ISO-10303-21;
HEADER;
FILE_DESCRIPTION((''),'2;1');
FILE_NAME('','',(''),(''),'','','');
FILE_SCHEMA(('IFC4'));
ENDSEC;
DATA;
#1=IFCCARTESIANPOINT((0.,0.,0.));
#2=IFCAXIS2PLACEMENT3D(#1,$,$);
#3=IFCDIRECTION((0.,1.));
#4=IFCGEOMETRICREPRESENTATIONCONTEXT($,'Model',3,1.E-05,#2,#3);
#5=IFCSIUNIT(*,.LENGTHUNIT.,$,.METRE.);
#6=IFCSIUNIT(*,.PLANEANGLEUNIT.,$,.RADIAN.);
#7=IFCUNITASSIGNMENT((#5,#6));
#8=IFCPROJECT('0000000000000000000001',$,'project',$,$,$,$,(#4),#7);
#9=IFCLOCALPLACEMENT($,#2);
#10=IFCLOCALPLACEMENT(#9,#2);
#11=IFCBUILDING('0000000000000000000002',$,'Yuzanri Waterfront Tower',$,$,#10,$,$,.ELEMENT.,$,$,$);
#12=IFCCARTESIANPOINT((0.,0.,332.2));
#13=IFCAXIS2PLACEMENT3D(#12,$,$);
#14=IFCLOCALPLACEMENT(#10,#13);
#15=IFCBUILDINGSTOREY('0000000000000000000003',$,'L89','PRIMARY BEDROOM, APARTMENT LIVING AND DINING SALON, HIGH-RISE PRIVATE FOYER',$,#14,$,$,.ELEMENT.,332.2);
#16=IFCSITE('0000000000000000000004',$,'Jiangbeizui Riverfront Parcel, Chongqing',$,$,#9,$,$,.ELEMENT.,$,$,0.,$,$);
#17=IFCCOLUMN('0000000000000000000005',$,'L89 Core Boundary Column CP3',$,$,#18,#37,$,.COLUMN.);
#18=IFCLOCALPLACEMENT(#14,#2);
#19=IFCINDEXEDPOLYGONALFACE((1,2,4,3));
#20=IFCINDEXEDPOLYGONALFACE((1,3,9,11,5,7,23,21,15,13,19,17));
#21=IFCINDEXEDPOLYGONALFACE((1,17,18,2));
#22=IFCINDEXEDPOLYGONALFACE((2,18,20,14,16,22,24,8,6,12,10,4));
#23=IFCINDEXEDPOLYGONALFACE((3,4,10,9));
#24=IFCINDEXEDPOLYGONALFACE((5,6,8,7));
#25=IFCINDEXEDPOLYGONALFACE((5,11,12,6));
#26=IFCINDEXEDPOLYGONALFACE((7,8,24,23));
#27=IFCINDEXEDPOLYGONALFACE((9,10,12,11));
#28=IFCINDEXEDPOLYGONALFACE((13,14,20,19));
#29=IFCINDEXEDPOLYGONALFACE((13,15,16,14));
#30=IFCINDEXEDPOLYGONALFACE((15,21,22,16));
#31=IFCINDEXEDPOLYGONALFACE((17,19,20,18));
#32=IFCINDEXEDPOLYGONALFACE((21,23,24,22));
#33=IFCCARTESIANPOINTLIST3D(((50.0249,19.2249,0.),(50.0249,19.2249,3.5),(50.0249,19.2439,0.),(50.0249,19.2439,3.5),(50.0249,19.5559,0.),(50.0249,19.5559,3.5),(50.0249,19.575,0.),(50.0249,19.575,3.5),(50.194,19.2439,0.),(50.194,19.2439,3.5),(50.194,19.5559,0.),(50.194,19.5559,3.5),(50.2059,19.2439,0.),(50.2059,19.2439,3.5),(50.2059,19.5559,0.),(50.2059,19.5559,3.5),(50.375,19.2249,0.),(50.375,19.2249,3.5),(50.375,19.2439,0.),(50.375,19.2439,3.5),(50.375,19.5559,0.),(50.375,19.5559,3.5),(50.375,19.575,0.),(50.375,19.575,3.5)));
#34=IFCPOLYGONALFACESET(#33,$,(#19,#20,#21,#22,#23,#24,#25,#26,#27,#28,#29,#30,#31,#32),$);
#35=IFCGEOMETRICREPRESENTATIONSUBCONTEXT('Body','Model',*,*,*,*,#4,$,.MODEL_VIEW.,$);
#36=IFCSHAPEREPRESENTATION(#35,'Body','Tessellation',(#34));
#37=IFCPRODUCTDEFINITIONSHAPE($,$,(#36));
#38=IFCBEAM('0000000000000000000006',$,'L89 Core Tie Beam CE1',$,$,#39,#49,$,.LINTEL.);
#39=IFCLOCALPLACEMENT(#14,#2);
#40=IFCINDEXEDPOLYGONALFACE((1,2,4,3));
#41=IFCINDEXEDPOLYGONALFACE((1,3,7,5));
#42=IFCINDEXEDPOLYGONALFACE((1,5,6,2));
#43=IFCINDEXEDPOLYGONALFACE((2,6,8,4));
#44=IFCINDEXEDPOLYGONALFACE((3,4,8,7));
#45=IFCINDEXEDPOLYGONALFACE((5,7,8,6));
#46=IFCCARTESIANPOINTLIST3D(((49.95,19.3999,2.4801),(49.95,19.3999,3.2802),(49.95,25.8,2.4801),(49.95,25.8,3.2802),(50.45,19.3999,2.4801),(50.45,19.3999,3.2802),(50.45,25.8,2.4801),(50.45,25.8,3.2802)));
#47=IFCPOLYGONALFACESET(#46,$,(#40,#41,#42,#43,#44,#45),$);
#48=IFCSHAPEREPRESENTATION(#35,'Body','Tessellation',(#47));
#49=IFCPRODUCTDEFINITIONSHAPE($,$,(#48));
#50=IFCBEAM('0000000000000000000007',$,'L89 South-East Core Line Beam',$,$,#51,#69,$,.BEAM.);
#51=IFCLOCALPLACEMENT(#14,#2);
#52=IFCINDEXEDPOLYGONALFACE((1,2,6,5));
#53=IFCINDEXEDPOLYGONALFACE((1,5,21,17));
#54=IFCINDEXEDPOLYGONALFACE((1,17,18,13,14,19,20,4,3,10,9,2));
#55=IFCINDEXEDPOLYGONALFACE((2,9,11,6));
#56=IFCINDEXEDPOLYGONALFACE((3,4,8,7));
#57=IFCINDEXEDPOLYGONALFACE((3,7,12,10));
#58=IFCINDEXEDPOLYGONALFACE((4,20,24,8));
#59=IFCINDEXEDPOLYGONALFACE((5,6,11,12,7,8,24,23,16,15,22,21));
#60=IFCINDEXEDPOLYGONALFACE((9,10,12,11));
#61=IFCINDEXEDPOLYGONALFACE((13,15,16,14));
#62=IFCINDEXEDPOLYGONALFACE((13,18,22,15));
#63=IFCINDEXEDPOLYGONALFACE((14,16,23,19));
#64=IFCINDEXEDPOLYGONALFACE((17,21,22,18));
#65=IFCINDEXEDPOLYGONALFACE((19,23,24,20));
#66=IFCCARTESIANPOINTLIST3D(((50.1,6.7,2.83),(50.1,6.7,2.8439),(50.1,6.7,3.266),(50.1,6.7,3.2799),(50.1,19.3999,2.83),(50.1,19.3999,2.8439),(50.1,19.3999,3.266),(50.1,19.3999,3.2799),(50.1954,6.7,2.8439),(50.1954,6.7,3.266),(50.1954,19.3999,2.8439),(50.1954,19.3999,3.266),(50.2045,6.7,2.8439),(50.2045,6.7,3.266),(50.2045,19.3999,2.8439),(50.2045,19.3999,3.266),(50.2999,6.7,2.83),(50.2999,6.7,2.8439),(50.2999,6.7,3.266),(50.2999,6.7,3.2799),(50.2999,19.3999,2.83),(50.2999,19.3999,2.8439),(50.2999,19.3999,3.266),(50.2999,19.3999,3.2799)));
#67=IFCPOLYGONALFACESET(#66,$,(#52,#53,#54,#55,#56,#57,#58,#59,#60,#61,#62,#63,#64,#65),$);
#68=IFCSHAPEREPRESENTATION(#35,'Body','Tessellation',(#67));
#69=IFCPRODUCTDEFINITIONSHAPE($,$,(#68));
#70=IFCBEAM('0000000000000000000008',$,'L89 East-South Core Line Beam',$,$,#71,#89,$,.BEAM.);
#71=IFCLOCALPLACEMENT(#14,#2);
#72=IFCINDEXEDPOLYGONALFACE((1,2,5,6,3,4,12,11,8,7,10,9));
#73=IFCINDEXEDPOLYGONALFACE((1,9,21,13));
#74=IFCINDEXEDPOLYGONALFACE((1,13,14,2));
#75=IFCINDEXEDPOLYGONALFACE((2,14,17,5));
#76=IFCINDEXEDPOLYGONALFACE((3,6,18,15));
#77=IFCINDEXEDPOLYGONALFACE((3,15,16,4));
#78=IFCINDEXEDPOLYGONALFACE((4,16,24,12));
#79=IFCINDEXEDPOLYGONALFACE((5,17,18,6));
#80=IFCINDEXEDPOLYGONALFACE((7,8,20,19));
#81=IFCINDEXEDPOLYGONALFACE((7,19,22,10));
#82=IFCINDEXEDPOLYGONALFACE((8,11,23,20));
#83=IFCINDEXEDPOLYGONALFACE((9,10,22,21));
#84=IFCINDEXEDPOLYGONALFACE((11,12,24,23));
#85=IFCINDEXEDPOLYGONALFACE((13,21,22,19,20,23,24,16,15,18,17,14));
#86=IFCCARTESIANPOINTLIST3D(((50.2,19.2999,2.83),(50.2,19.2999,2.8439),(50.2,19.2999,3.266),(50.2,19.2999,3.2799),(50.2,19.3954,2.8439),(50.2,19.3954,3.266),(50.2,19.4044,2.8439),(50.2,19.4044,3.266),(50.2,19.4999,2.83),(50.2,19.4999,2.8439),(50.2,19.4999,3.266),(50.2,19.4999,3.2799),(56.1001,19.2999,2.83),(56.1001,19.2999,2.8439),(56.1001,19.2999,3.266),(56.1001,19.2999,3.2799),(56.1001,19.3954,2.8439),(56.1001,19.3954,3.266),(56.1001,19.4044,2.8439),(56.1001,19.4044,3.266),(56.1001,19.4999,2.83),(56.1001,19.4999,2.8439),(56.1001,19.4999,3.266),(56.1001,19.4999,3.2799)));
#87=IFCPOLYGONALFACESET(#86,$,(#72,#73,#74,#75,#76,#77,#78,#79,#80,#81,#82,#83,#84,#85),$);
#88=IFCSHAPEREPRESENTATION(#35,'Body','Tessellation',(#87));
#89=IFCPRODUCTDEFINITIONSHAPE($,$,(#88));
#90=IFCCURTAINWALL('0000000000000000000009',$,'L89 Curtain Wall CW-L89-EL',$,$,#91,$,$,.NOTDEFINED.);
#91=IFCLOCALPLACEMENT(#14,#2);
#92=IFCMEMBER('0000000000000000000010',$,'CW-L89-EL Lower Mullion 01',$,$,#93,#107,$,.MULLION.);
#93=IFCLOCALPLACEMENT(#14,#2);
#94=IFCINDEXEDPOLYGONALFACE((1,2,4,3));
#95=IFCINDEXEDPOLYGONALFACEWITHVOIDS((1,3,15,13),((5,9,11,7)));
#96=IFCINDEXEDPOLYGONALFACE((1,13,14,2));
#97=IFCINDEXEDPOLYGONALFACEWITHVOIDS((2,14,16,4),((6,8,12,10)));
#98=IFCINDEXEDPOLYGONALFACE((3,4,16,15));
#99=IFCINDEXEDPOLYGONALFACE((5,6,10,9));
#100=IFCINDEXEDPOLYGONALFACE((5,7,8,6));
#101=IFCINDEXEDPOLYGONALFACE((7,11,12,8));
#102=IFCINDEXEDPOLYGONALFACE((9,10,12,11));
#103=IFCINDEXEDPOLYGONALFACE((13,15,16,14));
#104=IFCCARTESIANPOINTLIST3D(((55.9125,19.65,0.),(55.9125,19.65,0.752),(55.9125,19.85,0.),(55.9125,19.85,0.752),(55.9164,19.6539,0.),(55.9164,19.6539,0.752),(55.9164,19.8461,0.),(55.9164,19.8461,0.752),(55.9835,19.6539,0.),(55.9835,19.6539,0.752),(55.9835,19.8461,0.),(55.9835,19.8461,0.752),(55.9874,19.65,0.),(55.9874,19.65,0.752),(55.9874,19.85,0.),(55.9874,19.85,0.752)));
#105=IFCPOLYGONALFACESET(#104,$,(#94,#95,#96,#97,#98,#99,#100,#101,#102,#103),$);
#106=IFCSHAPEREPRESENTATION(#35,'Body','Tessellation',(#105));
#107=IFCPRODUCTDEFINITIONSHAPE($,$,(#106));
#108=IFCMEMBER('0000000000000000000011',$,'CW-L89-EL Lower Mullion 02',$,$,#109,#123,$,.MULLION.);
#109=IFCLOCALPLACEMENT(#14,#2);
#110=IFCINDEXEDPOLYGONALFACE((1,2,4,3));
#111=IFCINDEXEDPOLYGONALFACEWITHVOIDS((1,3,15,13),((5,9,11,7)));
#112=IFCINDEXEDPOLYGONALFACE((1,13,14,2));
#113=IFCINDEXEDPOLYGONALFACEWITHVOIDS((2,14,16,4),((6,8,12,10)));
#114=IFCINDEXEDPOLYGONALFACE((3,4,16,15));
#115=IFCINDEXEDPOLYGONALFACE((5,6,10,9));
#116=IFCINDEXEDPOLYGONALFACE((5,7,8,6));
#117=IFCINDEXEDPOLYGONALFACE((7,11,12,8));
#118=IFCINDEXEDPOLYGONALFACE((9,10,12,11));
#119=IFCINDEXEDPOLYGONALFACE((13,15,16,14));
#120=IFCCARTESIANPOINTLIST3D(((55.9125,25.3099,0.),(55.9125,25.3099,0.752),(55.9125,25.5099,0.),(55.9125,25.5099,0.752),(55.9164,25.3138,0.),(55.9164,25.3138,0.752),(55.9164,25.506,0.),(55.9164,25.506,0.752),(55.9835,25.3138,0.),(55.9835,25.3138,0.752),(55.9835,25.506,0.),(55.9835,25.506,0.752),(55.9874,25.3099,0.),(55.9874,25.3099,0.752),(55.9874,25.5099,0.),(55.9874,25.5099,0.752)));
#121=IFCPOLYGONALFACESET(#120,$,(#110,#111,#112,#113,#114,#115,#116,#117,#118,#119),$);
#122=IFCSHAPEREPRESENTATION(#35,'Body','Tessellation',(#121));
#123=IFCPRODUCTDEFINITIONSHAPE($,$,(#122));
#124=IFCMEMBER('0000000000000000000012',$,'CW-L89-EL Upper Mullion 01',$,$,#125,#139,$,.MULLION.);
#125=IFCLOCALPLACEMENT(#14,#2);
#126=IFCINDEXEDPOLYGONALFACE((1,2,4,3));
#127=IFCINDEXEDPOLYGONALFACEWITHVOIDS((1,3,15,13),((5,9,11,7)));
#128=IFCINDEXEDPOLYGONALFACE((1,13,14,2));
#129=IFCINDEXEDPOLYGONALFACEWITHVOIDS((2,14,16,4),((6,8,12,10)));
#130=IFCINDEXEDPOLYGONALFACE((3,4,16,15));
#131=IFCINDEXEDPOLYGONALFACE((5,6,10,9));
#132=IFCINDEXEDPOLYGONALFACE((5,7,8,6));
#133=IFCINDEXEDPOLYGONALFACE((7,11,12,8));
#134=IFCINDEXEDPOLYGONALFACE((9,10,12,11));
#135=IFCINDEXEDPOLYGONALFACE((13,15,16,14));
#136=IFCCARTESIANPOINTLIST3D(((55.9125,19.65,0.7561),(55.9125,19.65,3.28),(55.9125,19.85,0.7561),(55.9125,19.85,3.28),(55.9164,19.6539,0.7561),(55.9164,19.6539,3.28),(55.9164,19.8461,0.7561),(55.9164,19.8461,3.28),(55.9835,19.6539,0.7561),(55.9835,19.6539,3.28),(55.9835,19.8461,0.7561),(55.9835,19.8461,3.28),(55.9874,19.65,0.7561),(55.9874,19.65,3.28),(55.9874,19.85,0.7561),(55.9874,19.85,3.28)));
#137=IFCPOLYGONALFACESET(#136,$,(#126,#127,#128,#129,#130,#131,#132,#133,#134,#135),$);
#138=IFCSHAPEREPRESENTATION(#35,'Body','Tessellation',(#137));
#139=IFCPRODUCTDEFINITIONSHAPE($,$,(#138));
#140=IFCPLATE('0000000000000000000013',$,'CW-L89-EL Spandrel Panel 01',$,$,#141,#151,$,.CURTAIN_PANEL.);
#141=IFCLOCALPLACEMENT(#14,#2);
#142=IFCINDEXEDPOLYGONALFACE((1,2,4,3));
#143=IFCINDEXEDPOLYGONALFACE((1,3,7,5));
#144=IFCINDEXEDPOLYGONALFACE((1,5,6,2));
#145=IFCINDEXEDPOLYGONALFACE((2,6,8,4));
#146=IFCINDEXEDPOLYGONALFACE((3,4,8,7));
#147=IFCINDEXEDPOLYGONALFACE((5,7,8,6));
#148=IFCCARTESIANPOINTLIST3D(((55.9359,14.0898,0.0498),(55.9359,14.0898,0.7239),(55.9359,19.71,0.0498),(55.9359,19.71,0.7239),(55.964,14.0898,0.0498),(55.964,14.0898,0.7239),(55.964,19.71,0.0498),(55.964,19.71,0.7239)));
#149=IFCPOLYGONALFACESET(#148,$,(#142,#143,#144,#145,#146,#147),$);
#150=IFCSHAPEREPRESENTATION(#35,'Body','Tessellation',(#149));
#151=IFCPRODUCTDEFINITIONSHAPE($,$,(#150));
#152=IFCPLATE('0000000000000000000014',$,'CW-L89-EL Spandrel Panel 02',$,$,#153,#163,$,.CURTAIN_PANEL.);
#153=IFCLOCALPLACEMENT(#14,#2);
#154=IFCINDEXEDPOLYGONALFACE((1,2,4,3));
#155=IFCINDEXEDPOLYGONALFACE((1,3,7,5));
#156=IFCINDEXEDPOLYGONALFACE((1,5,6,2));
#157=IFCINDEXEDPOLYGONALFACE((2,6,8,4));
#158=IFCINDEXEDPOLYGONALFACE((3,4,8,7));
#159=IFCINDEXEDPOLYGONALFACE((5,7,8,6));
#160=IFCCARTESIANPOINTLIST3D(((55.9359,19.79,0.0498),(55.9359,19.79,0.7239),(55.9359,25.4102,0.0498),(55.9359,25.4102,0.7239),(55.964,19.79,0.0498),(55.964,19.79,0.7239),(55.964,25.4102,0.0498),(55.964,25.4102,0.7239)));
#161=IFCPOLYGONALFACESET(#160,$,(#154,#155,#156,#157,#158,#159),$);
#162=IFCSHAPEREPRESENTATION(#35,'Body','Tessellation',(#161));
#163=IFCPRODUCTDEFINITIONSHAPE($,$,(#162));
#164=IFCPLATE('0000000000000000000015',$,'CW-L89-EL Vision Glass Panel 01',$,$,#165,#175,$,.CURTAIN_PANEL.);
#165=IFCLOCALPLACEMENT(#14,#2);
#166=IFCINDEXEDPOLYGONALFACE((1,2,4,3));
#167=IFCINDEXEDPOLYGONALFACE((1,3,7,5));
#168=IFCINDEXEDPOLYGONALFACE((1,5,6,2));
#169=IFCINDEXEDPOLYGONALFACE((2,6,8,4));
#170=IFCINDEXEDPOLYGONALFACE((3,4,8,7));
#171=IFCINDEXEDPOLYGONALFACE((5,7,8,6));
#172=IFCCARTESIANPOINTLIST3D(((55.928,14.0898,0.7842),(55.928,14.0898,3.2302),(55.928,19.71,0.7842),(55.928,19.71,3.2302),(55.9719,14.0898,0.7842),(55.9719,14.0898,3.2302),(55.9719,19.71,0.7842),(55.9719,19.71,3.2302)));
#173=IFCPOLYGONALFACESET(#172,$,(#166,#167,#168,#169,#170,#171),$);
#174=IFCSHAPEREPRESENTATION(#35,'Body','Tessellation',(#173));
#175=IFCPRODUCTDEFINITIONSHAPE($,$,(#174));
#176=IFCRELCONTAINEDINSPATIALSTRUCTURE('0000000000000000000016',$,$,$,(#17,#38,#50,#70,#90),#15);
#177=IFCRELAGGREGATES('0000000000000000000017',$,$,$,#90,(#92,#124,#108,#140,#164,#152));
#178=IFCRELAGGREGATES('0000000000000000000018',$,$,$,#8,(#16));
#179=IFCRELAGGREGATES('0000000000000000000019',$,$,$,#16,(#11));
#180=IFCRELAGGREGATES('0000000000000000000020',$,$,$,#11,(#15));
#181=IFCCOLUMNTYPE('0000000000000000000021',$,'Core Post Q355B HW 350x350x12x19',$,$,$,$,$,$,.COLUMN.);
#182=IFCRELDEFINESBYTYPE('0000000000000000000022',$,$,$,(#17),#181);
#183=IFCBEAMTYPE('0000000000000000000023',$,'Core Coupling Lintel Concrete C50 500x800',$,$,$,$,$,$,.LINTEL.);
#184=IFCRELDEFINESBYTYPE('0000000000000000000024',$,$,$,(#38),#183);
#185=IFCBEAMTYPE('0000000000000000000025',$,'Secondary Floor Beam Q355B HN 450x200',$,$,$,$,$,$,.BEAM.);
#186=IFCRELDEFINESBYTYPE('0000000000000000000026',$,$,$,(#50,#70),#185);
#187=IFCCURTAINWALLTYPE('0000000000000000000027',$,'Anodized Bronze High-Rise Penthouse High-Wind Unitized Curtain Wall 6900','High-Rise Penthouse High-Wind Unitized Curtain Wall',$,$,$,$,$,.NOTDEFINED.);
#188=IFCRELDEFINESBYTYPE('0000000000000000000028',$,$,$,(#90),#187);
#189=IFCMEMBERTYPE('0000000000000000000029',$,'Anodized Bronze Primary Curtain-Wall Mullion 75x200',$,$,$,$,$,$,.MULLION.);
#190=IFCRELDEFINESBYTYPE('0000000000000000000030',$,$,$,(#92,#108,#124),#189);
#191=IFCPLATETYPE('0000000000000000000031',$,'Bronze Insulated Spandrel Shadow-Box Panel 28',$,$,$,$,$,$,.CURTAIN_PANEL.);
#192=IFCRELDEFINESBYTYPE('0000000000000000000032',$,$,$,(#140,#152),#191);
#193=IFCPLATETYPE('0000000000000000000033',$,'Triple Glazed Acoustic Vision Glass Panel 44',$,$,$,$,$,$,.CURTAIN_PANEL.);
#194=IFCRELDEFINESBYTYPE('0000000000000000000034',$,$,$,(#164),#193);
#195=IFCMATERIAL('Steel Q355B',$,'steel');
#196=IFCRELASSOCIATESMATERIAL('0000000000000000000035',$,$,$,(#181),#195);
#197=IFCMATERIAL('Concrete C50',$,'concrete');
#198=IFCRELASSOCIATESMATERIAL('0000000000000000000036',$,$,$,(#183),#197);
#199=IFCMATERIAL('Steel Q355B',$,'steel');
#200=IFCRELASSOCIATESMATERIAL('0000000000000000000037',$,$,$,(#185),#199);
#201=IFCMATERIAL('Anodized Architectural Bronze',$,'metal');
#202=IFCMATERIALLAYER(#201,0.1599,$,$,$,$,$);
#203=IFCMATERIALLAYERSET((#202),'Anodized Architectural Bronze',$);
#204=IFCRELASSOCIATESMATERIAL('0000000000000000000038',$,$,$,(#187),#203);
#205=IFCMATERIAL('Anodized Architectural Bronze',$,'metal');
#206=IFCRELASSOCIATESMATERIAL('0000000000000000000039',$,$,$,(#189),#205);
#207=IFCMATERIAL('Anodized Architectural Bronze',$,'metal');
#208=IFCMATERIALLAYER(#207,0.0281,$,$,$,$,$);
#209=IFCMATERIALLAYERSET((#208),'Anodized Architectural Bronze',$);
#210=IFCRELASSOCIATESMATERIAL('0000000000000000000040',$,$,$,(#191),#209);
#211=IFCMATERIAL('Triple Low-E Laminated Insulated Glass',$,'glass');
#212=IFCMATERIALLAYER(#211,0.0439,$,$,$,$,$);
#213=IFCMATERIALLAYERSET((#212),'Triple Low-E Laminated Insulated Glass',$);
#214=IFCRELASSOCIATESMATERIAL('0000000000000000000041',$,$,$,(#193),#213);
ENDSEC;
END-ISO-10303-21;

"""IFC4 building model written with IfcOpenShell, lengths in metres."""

from ifc_helpers import new_model, si_unit, direction, frame, origin, origin_2d, place, context, subcontext, project, spatial, rectangle, hollow_rectangle, i_section, extrude, source, transform, mapped, material, layer, layer_set, material_profile, profile_set, type_object, element, aggregate, save


model = new_model("IFC4")

# Units and contexts
model_context = context("Model", 3, precision=1e-05, world=origin(), true_north=direction((0.0, 1.0)))
body_context = subcontext(model_context, "Body", "Model", "MODEL_VIEW")
ifc_project = project(units=[si_unit("LENGTHUNIT", "METRE"), si_unit("PLANEANGLEUNIT", "RADIAN")], contexts=[model_context])

# Site, building, storey
site_placement = place(None, origin())
site = spatial("IfcSite", under=ifc_project, at=site_placement, Name="Jiangbeizui Riverfront Parcel, Chongqing", CompositionType="ELEMENT", RefElevation=0.0)
building_placement = place(site_placement, origin())
building = spatial("IfcBuilding", under=site, at=building_placement, Name="Yuzanri Waterfront Tower", CompositionType="ELEMENT")
storey_placement = place(building_placement, frame((0.0, 0.0, 332.2)))
storey = spatial("IfcBuildingStorey", under=building, at=storey_placement, Name="L89", Description="PRIMARY BEDROOM, APARTMENT LIVING AND DINING SALON, HIGH-RISE PRIVATE FOYER", CompositionType="ELEMENT", Elevation=332.2)

# Column
ifc_material_1 = material(Name="Steel Q355B", Category="steel")
ifc_material_profile_1 = material_profile(ifc_material_1, i_section(OverallWidth=0.3501, OverallDepth=0.3501, WebThickness=0.012, FlangeThickness=0.019, at=origin_2d()), Name="HW 350x350x12x19")
ifc_profile_set_1 = profile_set([ifc_material_profile_1], Name="Steel Q355B")
column_type = type_object("IfcColumnType", Name="Core Post Q355B HW 350x350x12x19", PredefinedType="COLUMN", material=ifc_profile_set_1)
shared_shape_1 = source(origin(), body_context, "Body", "SweptSolid", [
    extrude(i_section(OverallWidth=0.3501, OverallDepth=0.3501, WebThickness=0.012, FlangeThickness=0.019, at=origin_2d()), origin(), (0.0, 0.0, 1.0), 3.5),
])
column_placement = place(storey_placement, frame((50.2, 19.3999, 0.0), z_axis=(0.0, 0.0, 1.0), x_axis=(1.0, 0.0, 0.0)))
element("IfcColumn", 1, at=column_placement, inside=storey, type_object=column_type, Name="L89 Core Boundary Column CP3", PredefinedType="COLUMN", context=body_context, shape_type="MappedRepresentation", body=[
    mapped(shared_shape_1, transform((0.0, 0.0, 0.0), scale=1.0)),
])

# Beams
ifc_material_2 = material(Name="Concrete C50", Category="concrete")
ifc_material_profile_2 = material_profile(ifc_material_2, rectangle(XDim=0.5, YDim=0.8, at=origin_2d()), Name="RC 500x800")
ifc_profile_set_2 = profile_set([ifc_material_profile_2], Name="Concrete C50")
beam_type_1 = type_object("IfcBeamType", Name="Core Coupling Lintel Concrete C50 500x800", PredefinedType="LINTEL", material=ifc_profile_set_2)
shared_shape_2 = source(origin(), body_context, "Body", "SweptSolid", [
    extrude(rectangle(XDim=0.5, YDim=0.8, at=origin_2d()), origin(), (0.0, 0.0, 1.0), 6.4001),
])
beam_1_placement = place(storey_placement, frame((50.2, 19.3999, 2.8801), z_axis=(0.0, 1.0, 0.0), x_axis=(-1.0, 0.0, 0.0)))
element("IfcBeam", 2, at=beam_1_placement, inside=storey, type_object=beam_type_1, Name="L89 Core Tie Beam CE1", PredefinedType="LINTEL", context=body_context, shape_type="MappedRepresentation", body=[
    mapped(shared_shape_2, transform((0.0, 0.0, 0.0), scale=1.0)),
])
ifc_material_3 = material(Name="Steel Q355B", Category="steel")
ifc_material_profile_3 = material_profile(ifc_material_3, i_section(OverallWidth=0.2, OverallDepth=0.45, WebThickness=0.009, FlangeThickness=0.0139, at=origin_2d()), Name="HN 450x200x9x14")
ifc_profile_set_3 = profile_set([ifc_material_profile_3], Name="Steel Q355B")
beam_type_2 = type_object("IfcBeamType", Name="Secondary Floor Beam Q355B HN 450x200", PredefinedType="BEAM", material=ifc_profile_set_3)
shared_shape_3 = source(origin(), body_context, "Body", "SweptSolid", [
    extrude(i_section(OverallWidth=0.2, OverallDepth=0.45, WebThickness=0.009, FlangeThickness=0.0139, at=origin_2d()), origin(), (0.0, 0.0, 1.0), 12.7),
])
beam_2_placement = place(storey_placement, frame((50.2, 19.3999, 3.0549), z_axis=(0.0, -1.0, 0.0), x_axis=(1.0, 0.0, 0.0)))
element("IfcBeam", 3, at=beam_2_placement, inside=storey, type_object=beam_type_2, Name="L89 South-East Core Line Beam", PredefinedType="BEAM", context=body_context, shape_type="MappedRepresentation", body=[
    mapped(shared_shape_3, transform((0.0, 0.0, 0.0), scale=1.0)),
])
shared_shape_4 = source(origin(), body_context, "Body", "SweptSolid", [
    extrude(i_section(OverallWidth=0.2, OverallDepth=0.45, WebThickness=0.009, FlangeThickness=0.0139, at=origin_2d()), origin(), (0.0, 0.0, 1.0), 5.9001),
])
beam_3_placement = place(storey_placement, frame((50.2, 19.3999, 3.0549), z_axis=(1.0, 0.0, 0.0), x_axis=(0.0, 1.0, 0.0)))
element("IfcBeam", 4, at=beam_3_placement, inside=storey, type_object=beam_type_2, Name="L89 East-South Core Line Beam", PredefinedType="BEAM", context=body_context, shape_type="MappedRepresentation", body=[
    mapped(shared_shape_4, transform((0.0, 0.0, 0.0), scale=1.0)),
])

# Curtain wall, members, plates
ifc_material_4 = material(Name="Anodized Architectural Bronze", Category="metal")
ifc_layer_1 = layer(ifc_material_4, 0.1599)
ifc_layer_set_1 = layer_set([ifc_layer_1], Name="Anodized Architectural Bronze")
curtain_wall_type = type_object("IfcCurtainWallType", Name="Anodized Bronze High-Rise Penthouse High-Wind Unitized Curtain Wall 6900", Description="High-Rise Penthouse High-Wind Unitized Curtain Wall", PredefinedType="NOTDEFINED", material=ifc_layer_set_1)
curtain_wall_placement = place(storey_placement, origin())
curtain_wall = element("IfcCurtainWall", 5, at=curtain_wall_placement, inside=storey, type_object=curtain_wall_type, Name="L89 Curtain Wall CW-L89-EL", PredefinedType="NOTDEFINED")
ifc_material_5 = material(Name="Anodized Architectural Bronze", Category="metal")
ifc_material_profile_4 = material_profile(ifc_material_5, hollow_rectangle(XDim=0.075, YDim=0.2, WallThickness=0.0039, at=origin_2d()), Name="CWM 75x200")
ifc_profile_set_4 = profile_set([ifc_material_profile_4], Name="Anodized Architectural Bronze")
member_type = type_object("IfcMemberType", Name="Anodized Bronze Primary Curtain-Wall Mullion 75x200", PredefinedType="MULLION", material=ifc_profile_set_4)
shared_shape_5 = source(origin(), body_context, "Body", "SweptSolid", [
    extrude(hollow_rectangle(XDim=0.075, YDim=0.2, WallThickness=0.0039, at=origin_2d()), origin(), (0.0, 0.0, 1.0), 0.752),
])
member_1_placement = place(storey_placement, frame((55.95, 19.75, 0.0), z_axis=(0.0, 0.0, 1.0), x_axis=(1.0, 0.0, 0.0)))
member_1 = element("IfcMember", 6, at=member_1_placement, type_object=member_type, Name="CW-L89-EL Lower Mullion 01", PredefinedType="MULLION", context=body_context, shape_type="MappedRepresentation", body=[
    mapped(shared_shape_5, transform((0.0, 0.0, 0.0), scale=1.0)),
])
member_2_placement = place(storey_placement, frame((55.95, 25.4099, 0.0), z_axis=(0.0, 0.0, 1.0), x_axis=(1.0, 0.0, 0.0)))
member_2 = element("IfcMember", 7, at=member_2_placement, type_object=member_type, Name="CW-L89-EL Lower Mullion 02", PredefinedType="MULLION", context=body_context, shape_type="MappedRepresentation", body=[
    mapped(shared_shape_5, transform((0.0, 0.0, 0.0), scale=1.0)),
])
shared_shape_6 = source(origin(), body_context, "Body", "SweptSolid", [
    extrude(hollow_rectangle(XDim=0.075, YDim=0.2, WallThickness=0.0039, at=origin_2d()), origin(), (0.0, 0.0, 1.0), 2.5239),
])
member_3_placement = place(storey_placement, frame((55.95, 19.75, 0.7561), z_axis=(0.0, 0.0, 1.0), x_axis=(1.0, 0.0, 0.0)))
member_3 = element("IfcMember", 8, at=member_3_placement, type_object=member_type, Name="CW-L89-EL Upper Mullion 01", PredefinedType="MULLION", context=body_context, shape_type="MappedRepresentation", body=[
    mapped(shared_shape_6, transform((0.0, 0.0, 0.0), scale=1.0)),
])
ifc_material_6 = material(Name="Anodized Architectural Bronze", Category="metal")
ifc_layer_2 = layer(ifc_material_6, 0.0281)
ifc_layer_set_2 = layer_set([ifc_layer_2], Name="Anodized Architectural Bronze")
plate_type_1 = type_object("IfcPlateType", Name="Bronze Insulated Spandrel Shadow-Box Panel 28", PredefinedType="CURTAIN_PANEL", material=ifc_layer_set_2)
shared_shape_7 = source(origin(), body_context, "Body", "SweptSolid", [
    extrude(rectangle(XDim=5.6201, YDim=0.0281, at=origin_2d()), origin(), (0.0, 0.0, 1.0), 0.6741),
])
plate_1_placement = place(storey_placement, frame((55.95, 16.8999, 0.0498), z_axis=(0.0, 0.0, 1.0), x_axis=(0.0, 1.0, 0.0)))
plate_1 = element("IfcPlate", 9, at=plate_1_placement, type_object=plate_type_1, Name="CW-L89-EL Spandrel Panel 01", PredefinedType="CURTAIN_PANEL", context=body_context, shape_type="MappedRepresentation", body=[
    mapped(shared_shape_7, transform((0.0, 0.0, 0.0), scale=1.0)),
])
plate_2_placement = place(storey_placement, frame((55.95, 22.6001, 0.0498), z_axis=(0.0, 0.0, 1.0), x_axis=(0.0, 1.0, 0.0)))
plate_2 = element("IfcPlate", 10, at=plate_2_placement, type_object=plate_type_1, Name="CW-L89-EL Spandrel Panel 02", PredefinedType="CURTAIN_PANEL", context=body_context, shape_type="MappedRepresentation", body=[
    mapped(shared_shape_7, transform((0.0, 0.0, 0.0), scale=1.0)),
])
ifc_material_7 = material(Name="Triple Low-E Laminated Insulated Glass", Category="glass")
ifc_layer_3 = layer(ifc_material_7, 0.0439)
ifc_layer_set_3 = layer_set([ifc_layer_3], Name="Triple Low-E Laminated Insulated Glass")
plate_type_2 = type_object("IfcPlateType", Name="Triple Glazed Acoustic Vision Glass Panel 44", PredefinedType="CURTAIN_PANEL", material=ifc_layer_set_3)
shared_shape_8 = source(origin(), body_context, "Body", "SweptSolid", [
    extrude(rectangle(XDim=5.6201, YDim=0.0439, at=origin_2d()), origin(), (0.0, 0.0, 1.0), 2.446),
])
plate_3_placement = place(storey_placement, frame((55.95, 16.8999, 0.7842), z_axis=(0.0, 0.0, 1.0), x_axis=(0.0, 1.0, 0.0)))
plate_3 = element("IfcPlate", 11, at=plate_3_placement, type_object=plate_type_2, Name="CW-L89-EL Vision Glass Panel 01", PredefinedType="CURTAIN_PANEL", context=body_context, shape_type="MappedRepresentation", body=[
    mapped(shared_shape_8, transform((0.0, 0.0, 0.0), scale=1.0)),
])
aggregate(curtain_wall, [member_1, member_3, member_2, plate_1, plate_3, plate_2])

save(model, "model.ifc")
